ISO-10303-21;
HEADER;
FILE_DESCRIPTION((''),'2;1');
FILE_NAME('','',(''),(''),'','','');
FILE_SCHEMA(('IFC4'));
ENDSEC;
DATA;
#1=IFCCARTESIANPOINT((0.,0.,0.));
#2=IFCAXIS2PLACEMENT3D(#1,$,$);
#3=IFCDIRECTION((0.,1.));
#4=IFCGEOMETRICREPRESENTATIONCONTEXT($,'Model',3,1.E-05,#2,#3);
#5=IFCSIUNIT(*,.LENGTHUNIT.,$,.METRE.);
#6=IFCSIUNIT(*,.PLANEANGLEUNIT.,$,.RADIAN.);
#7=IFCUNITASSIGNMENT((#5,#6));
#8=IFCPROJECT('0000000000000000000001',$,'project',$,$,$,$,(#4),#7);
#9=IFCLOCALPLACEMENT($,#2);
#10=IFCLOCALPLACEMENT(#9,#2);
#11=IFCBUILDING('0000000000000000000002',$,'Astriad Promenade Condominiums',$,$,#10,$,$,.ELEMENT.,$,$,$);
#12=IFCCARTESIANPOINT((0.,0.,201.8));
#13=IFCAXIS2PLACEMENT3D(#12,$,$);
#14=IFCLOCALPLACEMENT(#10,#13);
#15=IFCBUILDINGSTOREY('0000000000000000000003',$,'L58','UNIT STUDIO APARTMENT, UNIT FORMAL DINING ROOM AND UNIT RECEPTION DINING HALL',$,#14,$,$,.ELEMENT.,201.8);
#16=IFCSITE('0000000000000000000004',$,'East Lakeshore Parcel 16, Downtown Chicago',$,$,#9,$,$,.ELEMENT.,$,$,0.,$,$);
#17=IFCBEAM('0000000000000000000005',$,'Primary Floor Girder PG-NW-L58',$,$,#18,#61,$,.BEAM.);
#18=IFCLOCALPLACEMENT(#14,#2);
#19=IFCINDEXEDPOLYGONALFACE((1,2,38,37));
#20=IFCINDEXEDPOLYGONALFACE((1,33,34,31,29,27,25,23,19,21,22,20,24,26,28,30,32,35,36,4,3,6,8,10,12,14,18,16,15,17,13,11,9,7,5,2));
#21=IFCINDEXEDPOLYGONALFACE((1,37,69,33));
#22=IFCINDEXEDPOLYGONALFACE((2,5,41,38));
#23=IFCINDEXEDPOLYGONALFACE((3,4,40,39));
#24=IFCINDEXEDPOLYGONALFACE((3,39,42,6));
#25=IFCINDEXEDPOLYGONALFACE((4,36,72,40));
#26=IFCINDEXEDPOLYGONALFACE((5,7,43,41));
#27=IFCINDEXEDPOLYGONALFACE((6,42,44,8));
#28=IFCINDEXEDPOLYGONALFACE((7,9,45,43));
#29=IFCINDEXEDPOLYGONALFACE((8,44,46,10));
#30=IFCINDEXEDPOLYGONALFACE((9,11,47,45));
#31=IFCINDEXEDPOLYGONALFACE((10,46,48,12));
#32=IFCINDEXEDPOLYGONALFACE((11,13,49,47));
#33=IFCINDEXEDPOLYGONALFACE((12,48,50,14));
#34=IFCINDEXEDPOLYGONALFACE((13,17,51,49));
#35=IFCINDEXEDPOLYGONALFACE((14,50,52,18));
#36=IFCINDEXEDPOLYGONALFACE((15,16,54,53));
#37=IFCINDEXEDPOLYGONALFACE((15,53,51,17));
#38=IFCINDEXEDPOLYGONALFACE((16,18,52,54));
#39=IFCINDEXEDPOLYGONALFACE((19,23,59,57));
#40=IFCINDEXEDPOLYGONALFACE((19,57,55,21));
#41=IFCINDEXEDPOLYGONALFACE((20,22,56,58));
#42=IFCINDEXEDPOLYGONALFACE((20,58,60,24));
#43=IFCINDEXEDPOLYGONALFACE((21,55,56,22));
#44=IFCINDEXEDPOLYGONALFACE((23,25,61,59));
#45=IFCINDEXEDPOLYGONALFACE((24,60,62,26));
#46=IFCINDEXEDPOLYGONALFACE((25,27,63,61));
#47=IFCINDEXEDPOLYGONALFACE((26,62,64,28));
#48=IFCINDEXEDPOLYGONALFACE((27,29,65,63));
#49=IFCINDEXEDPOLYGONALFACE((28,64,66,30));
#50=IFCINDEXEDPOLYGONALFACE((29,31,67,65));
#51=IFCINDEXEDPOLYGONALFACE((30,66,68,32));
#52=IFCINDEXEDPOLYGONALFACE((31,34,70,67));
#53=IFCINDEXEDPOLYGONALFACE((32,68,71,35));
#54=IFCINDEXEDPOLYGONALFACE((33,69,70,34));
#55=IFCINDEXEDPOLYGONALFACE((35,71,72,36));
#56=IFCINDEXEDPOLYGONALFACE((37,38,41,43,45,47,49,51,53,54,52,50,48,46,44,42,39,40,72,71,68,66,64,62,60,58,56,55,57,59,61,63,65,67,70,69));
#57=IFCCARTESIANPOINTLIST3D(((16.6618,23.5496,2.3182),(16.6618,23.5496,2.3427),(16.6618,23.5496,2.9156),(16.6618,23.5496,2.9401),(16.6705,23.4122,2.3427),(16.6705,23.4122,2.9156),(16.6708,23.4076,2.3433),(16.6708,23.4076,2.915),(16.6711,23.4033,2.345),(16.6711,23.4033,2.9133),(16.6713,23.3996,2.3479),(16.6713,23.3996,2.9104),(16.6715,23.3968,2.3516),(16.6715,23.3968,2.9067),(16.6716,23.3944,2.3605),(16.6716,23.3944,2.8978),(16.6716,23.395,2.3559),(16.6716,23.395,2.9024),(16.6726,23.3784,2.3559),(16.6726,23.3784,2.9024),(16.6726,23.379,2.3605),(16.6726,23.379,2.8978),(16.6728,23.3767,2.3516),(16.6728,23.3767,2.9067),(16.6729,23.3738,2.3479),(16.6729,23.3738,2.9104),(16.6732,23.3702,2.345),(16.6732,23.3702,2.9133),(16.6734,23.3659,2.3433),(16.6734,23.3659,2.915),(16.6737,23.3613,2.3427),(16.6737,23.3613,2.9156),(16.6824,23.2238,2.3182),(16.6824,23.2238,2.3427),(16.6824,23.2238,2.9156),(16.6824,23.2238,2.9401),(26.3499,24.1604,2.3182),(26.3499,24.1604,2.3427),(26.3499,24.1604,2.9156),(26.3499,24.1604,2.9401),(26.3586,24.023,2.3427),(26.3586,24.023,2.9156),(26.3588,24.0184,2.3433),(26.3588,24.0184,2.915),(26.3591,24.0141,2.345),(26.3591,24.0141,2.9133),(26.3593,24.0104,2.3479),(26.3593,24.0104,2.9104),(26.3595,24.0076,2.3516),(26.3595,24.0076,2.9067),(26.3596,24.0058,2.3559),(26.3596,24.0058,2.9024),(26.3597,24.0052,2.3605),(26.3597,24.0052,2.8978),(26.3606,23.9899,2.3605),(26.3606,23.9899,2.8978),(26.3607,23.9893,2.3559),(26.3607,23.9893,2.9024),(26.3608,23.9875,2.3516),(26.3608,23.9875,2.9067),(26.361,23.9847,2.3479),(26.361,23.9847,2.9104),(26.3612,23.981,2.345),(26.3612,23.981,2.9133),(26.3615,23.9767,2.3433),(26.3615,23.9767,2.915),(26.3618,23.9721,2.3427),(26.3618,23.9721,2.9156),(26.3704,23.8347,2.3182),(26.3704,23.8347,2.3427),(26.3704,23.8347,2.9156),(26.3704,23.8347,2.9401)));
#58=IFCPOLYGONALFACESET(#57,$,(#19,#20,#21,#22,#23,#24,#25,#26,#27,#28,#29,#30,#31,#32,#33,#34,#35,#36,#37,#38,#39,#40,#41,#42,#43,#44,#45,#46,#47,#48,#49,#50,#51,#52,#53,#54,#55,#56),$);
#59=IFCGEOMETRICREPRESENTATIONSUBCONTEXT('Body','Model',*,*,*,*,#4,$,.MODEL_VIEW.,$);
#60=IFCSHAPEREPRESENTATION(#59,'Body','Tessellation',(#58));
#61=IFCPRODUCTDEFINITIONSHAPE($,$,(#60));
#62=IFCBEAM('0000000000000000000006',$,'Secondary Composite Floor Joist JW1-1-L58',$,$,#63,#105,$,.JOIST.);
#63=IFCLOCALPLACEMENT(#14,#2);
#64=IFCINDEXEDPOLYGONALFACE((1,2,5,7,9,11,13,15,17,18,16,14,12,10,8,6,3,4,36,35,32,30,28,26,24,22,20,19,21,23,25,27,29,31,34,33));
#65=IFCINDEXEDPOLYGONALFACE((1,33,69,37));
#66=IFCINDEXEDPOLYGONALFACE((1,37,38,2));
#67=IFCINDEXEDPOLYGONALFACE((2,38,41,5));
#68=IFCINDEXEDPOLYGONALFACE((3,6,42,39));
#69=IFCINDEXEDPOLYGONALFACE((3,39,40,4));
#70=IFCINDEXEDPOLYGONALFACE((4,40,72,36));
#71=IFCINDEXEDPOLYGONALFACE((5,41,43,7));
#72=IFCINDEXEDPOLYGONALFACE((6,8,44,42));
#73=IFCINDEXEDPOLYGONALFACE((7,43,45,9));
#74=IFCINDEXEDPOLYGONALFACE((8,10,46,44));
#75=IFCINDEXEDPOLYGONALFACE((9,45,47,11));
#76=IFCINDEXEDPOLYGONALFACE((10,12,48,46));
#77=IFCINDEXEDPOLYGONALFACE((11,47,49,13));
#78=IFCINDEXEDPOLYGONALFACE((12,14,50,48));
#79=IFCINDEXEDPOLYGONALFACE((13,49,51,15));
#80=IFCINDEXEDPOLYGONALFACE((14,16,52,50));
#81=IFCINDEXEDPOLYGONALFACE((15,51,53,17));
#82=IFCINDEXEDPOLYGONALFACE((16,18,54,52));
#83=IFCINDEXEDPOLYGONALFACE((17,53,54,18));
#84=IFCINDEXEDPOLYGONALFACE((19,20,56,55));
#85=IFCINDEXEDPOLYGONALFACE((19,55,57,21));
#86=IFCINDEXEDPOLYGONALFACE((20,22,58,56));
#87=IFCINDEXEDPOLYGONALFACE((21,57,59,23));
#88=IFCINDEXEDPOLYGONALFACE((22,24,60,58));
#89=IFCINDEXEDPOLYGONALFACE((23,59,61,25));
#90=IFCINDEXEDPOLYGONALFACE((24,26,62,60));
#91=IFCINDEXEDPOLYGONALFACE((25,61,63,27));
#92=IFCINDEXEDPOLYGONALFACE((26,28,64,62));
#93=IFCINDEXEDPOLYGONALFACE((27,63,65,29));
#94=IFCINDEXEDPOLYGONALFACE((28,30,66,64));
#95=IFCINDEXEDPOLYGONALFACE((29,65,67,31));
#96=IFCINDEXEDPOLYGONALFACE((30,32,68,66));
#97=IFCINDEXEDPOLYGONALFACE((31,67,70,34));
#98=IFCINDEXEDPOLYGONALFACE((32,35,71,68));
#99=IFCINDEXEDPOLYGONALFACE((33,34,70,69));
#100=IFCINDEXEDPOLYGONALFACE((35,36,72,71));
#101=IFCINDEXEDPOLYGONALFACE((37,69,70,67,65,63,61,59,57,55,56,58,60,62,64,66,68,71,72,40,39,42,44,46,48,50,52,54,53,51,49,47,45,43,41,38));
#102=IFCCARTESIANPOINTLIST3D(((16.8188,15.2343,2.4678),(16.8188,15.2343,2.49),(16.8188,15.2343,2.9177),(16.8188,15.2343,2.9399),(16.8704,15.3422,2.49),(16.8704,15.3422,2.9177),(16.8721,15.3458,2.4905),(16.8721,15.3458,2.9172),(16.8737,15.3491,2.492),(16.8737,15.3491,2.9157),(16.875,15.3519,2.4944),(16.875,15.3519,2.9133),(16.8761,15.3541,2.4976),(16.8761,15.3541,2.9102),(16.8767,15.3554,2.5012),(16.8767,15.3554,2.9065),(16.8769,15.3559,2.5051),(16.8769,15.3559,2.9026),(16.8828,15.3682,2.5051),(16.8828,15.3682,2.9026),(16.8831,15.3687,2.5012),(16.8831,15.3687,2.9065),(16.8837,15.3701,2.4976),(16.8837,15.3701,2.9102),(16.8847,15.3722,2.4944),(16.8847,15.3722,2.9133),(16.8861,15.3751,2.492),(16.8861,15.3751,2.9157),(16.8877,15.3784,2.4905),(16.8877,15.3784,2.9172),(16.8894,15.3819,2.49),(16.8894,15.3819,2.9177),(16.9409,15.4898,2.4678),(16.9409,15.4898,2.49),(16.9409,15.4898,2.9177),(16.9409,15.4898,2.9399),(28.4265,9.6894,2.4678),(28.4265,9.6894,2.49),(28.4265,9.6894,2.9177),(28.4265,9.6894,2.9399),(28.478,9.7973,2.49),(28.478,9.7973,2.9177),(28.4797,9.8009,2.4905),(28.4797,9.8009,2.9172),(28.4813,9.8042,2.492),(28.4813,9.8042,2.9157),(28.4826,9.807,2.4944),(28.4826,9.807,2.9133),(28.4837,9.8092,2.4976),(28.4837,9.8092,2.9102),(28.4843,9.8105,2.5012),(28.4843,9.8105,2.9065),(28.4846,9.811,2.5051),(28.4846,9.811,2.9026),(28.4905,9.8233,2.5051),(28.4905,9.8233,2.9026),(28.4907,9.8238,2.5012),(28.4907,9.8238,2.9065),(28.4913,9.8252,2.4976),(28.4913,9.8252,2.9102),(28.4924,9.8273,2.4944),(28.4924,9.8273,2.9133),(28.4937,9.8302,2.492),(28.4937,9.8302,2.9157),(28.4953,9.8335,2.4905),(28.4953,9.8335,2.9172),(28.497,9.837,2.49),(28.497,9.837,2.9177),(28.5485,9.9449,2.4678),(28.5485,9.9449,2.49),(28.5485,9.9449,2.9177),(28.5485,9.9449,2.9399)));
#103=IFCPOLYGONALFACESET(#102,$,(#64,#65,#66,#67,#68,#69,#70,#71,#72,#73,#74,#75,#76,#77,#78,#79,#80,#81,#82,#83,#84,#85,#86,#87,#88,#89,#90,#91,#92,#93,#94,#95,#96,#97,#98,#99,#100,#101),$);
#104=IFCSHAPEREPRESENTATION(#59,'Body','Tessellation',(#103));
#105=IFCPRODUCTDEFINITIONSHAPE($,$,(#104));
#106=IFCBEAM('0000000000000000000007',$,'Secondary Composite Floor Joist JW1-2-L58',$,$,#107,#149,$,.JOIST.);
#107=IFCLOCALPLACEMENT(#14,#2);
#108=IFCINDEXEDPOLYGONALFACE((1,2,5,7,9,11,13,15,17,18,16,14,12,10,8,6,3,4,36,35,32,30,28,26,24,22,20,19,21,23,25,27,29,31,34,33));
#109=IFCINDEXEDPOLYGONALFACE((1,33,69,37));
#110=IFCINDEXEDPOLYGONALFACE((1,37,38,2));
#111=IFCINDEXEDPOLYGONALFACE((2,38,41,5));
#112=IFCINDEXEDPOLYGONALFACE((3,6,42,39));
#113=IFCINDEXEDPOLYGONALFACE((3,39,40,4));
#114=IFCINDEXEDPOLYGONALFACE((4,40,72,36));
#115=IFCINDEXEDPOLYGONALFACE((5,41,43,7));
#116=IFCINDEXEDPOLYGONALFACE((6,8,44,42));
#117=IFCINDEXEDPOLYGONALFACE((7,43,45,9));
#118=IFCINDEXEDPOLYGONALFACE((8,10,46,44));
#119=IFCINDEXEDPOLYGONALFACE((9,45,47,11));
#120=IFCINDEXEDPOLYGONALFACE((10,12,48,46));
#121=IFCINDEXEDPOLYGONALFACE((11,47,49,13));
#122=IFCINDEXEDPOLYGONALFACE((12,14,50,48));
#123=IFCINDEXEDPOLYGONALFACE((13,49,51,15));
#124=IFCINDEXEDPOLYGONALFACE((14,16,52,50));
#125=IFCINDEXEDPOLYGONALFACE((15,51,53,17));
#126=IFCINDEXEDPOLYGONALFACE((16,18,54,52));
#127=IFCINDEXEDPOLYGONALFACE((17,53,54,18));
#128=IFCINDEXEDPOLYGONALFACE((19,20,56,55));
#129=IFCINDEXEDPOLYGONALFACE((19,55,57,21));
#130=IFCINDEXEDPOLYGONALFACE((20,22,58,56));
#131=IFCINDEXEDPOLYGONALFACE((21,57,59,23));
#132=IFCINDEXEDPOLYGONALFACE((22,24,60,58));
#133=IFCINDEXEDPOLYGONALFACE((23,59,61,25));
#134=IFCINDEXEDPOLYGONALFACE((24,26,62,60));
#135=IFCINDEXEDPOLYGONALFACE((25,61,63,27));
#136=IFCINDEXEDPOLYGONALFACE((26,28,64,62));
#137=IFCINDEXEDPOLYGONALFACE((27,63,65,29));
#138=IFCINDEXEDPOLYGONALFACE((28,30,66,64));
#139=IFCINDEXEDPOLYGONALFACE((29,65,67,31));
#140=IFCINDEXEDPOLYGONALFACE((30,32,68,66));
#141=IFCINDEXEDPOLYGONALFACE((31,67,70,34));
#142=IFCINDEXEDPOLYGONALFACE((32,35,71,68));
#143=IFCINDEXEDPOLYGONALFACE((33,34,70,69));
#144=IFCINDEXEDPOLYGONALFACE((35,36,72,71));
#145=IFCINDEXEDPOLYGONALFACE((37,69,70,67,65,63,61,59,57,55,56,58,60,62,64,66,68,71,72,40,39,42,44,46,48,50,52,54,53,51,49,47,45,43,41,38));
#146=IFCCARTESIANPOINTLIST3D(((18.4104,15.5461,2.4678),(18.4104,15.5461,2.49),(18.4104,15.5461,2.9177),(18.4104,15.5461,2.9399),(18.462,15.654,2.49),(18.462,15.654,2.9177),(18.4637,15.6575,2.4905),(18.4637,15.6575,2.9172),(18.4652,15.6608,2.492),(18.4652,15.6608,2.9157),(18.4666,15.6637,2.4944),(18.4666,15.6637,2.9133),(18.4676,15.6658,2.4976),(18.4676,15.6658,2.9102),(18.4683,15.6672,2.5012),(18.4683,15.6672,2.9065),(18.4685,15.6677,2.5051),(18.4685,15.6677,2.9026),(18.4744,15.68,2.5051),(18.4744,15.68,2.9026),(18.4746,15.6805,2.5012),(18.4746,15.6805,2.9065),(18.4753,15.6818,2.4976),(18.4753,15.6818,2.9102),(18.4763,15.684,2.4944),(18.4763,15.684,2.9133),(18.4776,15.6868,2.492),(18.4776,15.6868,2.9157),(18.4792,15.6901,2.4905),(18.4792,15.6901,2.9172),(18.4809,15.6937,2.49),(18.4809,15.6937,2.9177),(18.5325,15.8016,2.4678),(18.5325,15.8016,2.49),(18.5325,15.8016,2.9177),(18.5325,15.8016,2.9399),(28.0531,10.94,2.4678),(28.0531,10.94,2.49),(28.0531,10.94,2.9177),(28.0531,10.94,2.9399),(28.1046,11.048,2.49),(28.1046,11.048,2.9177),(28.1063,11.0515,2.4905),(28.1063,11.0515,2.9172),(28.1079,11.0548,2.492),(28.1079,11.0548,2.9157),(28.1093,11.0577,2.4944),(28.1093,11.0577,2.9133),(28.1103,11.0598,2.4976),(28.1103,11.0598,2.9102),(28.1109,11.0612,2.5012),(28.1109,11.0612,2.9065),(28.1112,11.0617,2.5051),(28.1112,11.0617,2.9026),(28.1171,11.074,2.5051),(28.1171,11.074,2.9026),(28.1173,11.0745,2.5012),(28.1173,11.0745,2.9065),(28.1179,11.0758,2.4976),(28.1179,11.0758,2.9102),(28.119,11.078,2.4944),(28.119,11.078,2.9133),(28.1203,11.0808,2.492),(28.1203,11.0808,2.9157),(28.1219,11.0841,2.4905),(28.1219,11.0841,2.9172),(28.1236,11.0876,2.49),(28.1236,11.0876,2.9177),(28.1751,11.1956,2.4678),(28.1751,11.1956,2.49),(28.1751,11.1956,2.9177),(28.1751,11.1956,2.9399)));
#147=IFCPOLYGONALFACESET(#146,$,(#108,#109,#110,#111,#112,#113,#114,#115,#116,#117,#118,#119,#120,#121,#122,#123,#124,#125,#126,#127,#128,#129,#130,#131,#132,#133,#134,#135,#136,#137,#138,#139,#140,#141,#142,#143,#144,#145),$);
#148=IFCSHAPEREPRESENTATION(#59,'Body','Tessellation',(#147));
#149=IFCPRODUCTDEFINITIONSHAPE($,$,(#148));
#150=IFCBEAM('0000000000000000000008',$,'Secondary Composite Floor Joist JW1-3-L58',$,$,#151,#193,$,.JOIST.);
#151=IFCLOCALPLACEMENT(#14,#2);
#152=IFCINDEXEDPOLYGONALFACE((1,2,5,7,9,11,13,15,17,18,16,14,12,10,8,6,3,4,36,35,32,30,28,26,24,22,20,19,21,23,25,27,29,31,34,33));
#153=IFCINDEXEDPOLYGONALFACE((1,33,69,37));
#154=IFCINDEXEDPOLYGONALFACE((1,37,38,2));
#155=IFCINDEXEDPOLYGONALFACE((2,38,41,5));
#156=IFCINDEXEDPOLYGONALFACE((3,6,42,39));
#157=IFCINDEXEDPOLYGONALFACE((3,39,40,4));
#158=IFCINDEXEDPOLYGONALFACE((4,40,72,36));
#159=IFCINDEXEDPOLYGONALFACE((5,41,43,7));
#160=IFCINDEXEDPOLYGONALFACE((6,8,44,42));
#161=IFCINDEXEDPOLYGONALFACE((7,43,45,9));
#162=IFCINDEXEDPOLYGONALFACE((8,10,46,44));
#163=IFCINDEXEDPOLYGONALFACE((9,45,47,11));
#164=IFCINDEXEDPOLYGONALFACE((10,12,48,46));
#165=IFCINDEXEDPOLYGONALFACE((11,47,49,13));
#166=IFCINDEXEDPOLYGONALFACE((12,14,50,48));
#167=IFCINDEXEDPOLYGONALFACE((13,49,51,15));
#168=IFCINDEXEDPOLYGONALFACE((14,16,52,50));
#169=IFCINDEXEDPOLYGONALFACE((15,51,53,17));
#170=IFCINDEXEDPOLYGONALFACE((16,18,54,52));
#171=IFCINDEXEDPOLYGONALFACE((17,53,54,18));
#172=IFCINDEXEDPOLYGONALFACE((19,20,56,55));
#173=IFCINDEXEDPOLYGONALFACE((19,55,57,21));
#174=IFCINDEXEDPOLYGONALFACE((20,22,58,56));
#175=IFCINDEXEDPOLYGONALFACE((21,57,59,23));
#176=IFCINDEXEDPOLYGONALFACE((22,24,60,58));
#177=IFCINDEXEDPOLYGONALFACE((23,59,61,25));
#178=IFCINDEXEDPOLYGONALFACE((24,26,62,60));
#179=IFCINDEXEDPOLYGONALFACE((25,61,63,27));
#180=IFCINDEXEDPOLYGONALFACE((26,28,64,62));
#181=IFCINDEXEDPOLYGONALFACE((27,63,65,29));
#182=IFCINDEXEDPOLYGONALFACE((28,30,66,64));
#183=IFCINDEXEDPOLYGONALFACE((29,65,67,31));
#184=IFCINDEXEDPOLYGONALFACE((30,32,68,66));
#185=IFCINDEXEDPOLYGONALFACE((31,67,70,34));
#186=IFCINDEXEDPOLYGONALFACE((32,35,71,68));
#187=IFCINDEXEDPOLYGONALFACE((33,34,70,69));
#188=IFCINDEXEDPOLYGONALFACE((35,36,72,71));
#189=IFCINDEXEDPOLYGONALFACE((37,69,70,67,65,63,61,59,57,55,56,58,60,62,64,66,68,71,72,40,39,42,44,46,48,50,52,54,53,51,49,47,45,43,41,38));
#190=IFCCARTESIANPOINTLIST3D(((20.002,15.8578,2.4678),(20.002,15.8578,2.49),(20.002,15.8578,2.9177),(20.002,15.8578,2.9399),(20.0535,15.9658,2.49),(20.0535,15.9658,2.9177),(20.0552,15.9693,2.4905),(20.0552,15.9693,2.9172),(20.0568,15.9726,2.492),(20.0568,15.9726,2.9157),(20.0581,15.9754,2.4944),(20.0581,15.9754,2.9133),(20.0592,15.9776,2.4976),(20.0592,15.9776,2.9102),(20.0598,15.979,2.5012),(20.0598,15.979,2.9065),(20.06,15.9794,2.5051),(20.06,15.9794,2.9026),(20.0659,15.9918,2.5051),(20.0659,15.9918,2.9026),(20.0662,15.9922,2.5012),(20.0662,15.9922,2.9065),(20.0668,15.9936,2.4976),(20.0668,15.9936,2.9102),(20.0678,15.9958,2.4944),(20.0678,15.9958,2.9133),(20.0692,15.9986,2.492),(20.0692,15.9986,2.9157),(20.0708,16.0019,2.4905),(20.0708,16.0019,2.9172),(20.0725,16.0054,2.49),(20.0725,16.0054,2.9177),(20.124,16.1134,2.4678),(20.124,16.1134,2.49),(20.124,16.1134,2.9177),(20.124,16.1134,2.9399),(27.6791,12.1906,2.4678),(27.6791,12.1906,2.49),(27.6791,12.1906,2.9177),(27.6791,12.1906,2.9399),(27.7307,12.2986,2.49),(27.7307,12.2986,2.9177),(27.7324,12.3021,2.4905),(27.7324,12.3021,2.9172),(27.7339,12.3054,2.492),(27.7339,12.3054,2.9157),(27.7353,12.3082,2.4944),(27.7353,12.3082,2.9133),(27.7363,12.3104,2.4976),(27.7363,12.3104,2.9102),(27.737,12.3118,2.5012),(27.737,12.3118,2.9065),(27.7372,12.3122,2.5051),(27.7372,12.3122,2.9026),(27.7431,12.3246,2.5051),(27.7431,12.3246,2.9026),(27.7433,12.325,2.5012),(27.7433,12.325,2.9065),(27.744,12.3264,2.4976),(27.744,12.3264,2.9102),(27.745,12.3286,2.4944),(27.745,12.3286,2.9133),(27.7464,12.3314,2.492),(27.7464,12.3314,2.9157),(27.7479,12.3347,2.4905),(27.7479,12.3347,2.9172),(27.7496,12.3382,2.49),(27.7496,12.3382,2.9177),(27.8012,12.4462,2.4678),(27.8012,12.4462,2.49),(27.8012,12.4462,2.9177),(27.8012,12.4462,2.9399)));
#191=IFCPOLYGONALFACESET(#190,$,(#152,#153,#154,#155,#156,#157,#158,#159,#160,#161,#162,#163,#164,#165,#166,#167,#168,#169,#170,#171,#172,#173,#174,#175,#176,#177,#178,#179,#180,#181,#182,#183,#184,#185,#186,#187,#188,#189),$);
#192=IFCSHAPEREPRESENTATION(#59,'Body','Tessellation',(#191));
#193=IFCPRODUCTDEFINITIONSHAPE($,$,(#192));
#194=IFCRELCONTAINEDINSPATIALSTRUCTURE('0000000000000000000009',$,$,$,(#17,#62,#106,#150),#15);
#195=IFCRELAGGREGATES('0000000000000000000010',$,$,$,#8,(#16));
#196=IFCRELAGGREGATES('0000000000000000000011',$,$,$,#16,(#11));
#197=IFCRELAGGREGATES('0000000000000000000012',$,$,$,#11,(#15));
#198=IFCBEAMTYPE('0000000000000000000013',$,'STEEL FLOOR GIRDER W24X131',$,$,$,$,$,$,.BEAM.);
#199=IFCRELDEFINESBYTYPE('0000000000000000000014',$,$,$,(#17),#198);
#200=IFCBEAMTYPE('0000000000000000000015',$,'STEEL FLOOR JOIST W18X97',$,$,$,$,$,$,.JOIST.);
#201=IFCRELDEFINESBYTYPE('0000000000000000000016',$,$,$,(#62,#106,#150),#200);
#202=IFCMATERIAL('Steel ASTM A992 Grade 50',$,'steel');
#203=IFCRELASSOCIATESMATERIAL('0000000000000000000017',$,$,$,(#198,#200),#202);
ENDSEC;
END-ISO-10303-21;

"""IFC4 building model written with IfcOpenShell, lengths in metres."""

from ifc_helpers import new_model, si_unit, direction, frame, origin, origin_2d, place, context, subcontext, project, spatial, i_section, extrude, source, transform, mapped, material, material_profile, profile_set, type_object, type_shapes, element, save


model = new_model("IFC4")

# Units and contexts
model_context = context("Model", 3, precision=1e-05, world=origin(), true_north=direction((0.0, 1.0)))
body_context = subcontext(model_context, "Body", "Model", "MODEL_VIEW")
ifc_project = project(units=[si_unit("LENGTHUNIT", "METRE"), si_unit("PLANEANGLEUNIT", "RADIAN")], contexts=[model_context])

# Site, building, storey
site_placement = place(None, origin())
site = spatial("IfcSite", under=ifc_project, at=site_placement, Name="East Lakeshore Parcel 16, Downtown Chicago", CompositionType="ELEMENT", RefElevation=0.0)
building_placement = place(site_placement, origin())
building = spatial("IfcBuilding", under=site, at=building_placement, Name="Astriad Promenade Condominiums", CompositionType="ELEMENT")
storey_placement = place(building_placement, frame((0.0, 0.0, 201.8)))
storey = spatial("IfcBuildingStorey", under=building, at=storey_placement, Name="L58", Description="UNIT STUDIO APARTMENT, UNIT FORMAL DINING ROOM AND UNIT RECEPTION DINING HALL", CompositionType="ELEMENT", Elevation=201.8)

# Beams
ifc_material_1 = material(Name="Steel ASTM A992 Grade 50", Category="steel")
ifc_material_profile_1 = material_profile(ifc_material_1, i_section(OverallWidth=0.3264, OverallDepth=0.6218, WebThickness=0.0154, FlangeThickness=0.0244, FilletRadius=0.0178, at=origin_2d()), Name="W24X131")
ifc_profile_set_1 = profile_set([ifc_material_profile_1], Name="Steel ASTM A992 Grade 50")
beam_type_1 = type_object("IfcBeamType", Name="STEEL FLOOR GIRDER W24X131", PredefinedType="BEAM", material=ifc_profile_set_1)
shared_shape_1 = source(origin(), body_context, "Body", "SweptSolid", [
    extrude(i_section(OverallWidth=0.3264, OverallDepth=0.6218, WebThickness=0.0154, FlangeThickness=0.0244, FilletRadius=0.0178, at=origin_2d()), origin(), (0.0, 0.0, 1.0), 9.7073),
])
type_shapes(beam_type_1, [shared_shape_1])
beam_1_placement = place(storey_placement, frame((16.6721, 23.3867, 2.6292), z_axis=(0.998018, 0.062926, 0.0), x_axis=(-0.062926, 0.998018, 0.0)))
element("IfcBeam", 1, at=beam_1_placement, inside=storey, type_object=beam_type_1, Name="Primary Floor Girder PG-NW-L58", PredefinedType="BEAM", context=body_context, shape_type="MappedRepresentation", body=[
    mapped(shared_shape_1, transform((0.0, 0.0, 0.0), scale=1.0)),
])
ifc_material_profile_2 = material_profile(ifc_material_1, i_section(OverallWidth=0.2832, OverallDepth=0.4722, WebThickness=0.0137, FlangeThickness=0.0222, FilletRadius=0.0151, at=origin_2d()), Name="W18X97")
ifc_profile_set_2 = profile_set([ifc_material_profile_2], Name="Steel ASTM A992 Grade 50")
beam_type_2 = type_object("IfcBeamType", Name="STEEL FLOOR JOIST W18X97", PredefinedType="JOIST", material=ifc_profile_set_2)
shared_shape_2 = source(origin(), body_context, "Body", "SweptSolid", [
    extrude(i_section(OverallWidth=0.2832, OverallDepth=0.4722, WebThickness=0.0137, FlangeThickness=0.0222, FilletRadius=0.0151, at=origin_2d()), origin(), (0.0, 0.0, 1.0), 12.864),
])
beam_2_placement = place(storey_placement, frame((16.8799, 15.3621, 2.7039), z_axis=(0.902333, -0.43104, 0.0), x_axis=(0.43104, 0.902333, 0.0)))
element("IfcBeam", 2, at=beam_2_placement, inside=storey, type_object=beam_type_2, Name="Secondary Composite Floor Joist JW1-1-L58", PredefinedType="JOIST", context=body_context, shape_type="MappedRepresentation", body=[
    mapped(shared_shape_2, transform((0.0, 0.0, 0.0), scale=1.0)),
])
shared_shape_3 = source(origin(), body_context, "Body", "SweptSolid", [
    extrude(i_section(OverallWidth=0.2832, OverallDepth=0.4722, WebThickness=0.0137, FlangeThickness=0.0222, FilletRadius=0.0151, at=origin_2d()), origin(), (0.0, 0.0, 1.0), 10.6863),
])
beam_3_placement = place(storey_placement, frame((18.4714, 15.6738, 2.7039), z_axis=(0.902342, -0.431021, 0.0), x_axis=(0.431021, 0.902342, 0.0)))
element("IfcBeam", 3, at=beam_3_placement, inside=storey, type_object=beam_type_2, Name="Secondary Composite Floor Joist JW1-2-L58", PredefinedType="JOIST", context=body_context, shape_type="MappedRepresentation", body=[
    mapped(shared_shape_3, transform((0.0, 0.0, 0.0), scale=1.0)),
])
shared_shape_4 = source(origin(), body_context, "Body", "SweptSolid", [
    extrude(i_section(OverallWidth=0.2832, OverallDepth=0.4722, WebThickness=0.0137, FlangeThickness=0.0222, FilletRadius=0.0151, at=origin_2d()), origin(), (0.0, 0.0, 1.0), 8.5081),
])
beam_4_placement = place(storey_placement, frame((20.063, 15.9856, 2.7039), z_axis=(0.90234, -0.431026, 0.0), x_axis=(0.431026, 0.90234, 0.0)))
element("IfcBeam", 4, at=beam_4_placement, inside=storey, type_object=beam_type_2, Name="Secondary Composite Floor Joist JW1-3-L58", PredefinedType="JOIST", context=body_context, shape_type="MappedRepresentation", body=[
    mapped(shared_shape_4, transform((0.0, 0.0, 0.0), scale=1.0)),
])

save(model, "model.ifc")
